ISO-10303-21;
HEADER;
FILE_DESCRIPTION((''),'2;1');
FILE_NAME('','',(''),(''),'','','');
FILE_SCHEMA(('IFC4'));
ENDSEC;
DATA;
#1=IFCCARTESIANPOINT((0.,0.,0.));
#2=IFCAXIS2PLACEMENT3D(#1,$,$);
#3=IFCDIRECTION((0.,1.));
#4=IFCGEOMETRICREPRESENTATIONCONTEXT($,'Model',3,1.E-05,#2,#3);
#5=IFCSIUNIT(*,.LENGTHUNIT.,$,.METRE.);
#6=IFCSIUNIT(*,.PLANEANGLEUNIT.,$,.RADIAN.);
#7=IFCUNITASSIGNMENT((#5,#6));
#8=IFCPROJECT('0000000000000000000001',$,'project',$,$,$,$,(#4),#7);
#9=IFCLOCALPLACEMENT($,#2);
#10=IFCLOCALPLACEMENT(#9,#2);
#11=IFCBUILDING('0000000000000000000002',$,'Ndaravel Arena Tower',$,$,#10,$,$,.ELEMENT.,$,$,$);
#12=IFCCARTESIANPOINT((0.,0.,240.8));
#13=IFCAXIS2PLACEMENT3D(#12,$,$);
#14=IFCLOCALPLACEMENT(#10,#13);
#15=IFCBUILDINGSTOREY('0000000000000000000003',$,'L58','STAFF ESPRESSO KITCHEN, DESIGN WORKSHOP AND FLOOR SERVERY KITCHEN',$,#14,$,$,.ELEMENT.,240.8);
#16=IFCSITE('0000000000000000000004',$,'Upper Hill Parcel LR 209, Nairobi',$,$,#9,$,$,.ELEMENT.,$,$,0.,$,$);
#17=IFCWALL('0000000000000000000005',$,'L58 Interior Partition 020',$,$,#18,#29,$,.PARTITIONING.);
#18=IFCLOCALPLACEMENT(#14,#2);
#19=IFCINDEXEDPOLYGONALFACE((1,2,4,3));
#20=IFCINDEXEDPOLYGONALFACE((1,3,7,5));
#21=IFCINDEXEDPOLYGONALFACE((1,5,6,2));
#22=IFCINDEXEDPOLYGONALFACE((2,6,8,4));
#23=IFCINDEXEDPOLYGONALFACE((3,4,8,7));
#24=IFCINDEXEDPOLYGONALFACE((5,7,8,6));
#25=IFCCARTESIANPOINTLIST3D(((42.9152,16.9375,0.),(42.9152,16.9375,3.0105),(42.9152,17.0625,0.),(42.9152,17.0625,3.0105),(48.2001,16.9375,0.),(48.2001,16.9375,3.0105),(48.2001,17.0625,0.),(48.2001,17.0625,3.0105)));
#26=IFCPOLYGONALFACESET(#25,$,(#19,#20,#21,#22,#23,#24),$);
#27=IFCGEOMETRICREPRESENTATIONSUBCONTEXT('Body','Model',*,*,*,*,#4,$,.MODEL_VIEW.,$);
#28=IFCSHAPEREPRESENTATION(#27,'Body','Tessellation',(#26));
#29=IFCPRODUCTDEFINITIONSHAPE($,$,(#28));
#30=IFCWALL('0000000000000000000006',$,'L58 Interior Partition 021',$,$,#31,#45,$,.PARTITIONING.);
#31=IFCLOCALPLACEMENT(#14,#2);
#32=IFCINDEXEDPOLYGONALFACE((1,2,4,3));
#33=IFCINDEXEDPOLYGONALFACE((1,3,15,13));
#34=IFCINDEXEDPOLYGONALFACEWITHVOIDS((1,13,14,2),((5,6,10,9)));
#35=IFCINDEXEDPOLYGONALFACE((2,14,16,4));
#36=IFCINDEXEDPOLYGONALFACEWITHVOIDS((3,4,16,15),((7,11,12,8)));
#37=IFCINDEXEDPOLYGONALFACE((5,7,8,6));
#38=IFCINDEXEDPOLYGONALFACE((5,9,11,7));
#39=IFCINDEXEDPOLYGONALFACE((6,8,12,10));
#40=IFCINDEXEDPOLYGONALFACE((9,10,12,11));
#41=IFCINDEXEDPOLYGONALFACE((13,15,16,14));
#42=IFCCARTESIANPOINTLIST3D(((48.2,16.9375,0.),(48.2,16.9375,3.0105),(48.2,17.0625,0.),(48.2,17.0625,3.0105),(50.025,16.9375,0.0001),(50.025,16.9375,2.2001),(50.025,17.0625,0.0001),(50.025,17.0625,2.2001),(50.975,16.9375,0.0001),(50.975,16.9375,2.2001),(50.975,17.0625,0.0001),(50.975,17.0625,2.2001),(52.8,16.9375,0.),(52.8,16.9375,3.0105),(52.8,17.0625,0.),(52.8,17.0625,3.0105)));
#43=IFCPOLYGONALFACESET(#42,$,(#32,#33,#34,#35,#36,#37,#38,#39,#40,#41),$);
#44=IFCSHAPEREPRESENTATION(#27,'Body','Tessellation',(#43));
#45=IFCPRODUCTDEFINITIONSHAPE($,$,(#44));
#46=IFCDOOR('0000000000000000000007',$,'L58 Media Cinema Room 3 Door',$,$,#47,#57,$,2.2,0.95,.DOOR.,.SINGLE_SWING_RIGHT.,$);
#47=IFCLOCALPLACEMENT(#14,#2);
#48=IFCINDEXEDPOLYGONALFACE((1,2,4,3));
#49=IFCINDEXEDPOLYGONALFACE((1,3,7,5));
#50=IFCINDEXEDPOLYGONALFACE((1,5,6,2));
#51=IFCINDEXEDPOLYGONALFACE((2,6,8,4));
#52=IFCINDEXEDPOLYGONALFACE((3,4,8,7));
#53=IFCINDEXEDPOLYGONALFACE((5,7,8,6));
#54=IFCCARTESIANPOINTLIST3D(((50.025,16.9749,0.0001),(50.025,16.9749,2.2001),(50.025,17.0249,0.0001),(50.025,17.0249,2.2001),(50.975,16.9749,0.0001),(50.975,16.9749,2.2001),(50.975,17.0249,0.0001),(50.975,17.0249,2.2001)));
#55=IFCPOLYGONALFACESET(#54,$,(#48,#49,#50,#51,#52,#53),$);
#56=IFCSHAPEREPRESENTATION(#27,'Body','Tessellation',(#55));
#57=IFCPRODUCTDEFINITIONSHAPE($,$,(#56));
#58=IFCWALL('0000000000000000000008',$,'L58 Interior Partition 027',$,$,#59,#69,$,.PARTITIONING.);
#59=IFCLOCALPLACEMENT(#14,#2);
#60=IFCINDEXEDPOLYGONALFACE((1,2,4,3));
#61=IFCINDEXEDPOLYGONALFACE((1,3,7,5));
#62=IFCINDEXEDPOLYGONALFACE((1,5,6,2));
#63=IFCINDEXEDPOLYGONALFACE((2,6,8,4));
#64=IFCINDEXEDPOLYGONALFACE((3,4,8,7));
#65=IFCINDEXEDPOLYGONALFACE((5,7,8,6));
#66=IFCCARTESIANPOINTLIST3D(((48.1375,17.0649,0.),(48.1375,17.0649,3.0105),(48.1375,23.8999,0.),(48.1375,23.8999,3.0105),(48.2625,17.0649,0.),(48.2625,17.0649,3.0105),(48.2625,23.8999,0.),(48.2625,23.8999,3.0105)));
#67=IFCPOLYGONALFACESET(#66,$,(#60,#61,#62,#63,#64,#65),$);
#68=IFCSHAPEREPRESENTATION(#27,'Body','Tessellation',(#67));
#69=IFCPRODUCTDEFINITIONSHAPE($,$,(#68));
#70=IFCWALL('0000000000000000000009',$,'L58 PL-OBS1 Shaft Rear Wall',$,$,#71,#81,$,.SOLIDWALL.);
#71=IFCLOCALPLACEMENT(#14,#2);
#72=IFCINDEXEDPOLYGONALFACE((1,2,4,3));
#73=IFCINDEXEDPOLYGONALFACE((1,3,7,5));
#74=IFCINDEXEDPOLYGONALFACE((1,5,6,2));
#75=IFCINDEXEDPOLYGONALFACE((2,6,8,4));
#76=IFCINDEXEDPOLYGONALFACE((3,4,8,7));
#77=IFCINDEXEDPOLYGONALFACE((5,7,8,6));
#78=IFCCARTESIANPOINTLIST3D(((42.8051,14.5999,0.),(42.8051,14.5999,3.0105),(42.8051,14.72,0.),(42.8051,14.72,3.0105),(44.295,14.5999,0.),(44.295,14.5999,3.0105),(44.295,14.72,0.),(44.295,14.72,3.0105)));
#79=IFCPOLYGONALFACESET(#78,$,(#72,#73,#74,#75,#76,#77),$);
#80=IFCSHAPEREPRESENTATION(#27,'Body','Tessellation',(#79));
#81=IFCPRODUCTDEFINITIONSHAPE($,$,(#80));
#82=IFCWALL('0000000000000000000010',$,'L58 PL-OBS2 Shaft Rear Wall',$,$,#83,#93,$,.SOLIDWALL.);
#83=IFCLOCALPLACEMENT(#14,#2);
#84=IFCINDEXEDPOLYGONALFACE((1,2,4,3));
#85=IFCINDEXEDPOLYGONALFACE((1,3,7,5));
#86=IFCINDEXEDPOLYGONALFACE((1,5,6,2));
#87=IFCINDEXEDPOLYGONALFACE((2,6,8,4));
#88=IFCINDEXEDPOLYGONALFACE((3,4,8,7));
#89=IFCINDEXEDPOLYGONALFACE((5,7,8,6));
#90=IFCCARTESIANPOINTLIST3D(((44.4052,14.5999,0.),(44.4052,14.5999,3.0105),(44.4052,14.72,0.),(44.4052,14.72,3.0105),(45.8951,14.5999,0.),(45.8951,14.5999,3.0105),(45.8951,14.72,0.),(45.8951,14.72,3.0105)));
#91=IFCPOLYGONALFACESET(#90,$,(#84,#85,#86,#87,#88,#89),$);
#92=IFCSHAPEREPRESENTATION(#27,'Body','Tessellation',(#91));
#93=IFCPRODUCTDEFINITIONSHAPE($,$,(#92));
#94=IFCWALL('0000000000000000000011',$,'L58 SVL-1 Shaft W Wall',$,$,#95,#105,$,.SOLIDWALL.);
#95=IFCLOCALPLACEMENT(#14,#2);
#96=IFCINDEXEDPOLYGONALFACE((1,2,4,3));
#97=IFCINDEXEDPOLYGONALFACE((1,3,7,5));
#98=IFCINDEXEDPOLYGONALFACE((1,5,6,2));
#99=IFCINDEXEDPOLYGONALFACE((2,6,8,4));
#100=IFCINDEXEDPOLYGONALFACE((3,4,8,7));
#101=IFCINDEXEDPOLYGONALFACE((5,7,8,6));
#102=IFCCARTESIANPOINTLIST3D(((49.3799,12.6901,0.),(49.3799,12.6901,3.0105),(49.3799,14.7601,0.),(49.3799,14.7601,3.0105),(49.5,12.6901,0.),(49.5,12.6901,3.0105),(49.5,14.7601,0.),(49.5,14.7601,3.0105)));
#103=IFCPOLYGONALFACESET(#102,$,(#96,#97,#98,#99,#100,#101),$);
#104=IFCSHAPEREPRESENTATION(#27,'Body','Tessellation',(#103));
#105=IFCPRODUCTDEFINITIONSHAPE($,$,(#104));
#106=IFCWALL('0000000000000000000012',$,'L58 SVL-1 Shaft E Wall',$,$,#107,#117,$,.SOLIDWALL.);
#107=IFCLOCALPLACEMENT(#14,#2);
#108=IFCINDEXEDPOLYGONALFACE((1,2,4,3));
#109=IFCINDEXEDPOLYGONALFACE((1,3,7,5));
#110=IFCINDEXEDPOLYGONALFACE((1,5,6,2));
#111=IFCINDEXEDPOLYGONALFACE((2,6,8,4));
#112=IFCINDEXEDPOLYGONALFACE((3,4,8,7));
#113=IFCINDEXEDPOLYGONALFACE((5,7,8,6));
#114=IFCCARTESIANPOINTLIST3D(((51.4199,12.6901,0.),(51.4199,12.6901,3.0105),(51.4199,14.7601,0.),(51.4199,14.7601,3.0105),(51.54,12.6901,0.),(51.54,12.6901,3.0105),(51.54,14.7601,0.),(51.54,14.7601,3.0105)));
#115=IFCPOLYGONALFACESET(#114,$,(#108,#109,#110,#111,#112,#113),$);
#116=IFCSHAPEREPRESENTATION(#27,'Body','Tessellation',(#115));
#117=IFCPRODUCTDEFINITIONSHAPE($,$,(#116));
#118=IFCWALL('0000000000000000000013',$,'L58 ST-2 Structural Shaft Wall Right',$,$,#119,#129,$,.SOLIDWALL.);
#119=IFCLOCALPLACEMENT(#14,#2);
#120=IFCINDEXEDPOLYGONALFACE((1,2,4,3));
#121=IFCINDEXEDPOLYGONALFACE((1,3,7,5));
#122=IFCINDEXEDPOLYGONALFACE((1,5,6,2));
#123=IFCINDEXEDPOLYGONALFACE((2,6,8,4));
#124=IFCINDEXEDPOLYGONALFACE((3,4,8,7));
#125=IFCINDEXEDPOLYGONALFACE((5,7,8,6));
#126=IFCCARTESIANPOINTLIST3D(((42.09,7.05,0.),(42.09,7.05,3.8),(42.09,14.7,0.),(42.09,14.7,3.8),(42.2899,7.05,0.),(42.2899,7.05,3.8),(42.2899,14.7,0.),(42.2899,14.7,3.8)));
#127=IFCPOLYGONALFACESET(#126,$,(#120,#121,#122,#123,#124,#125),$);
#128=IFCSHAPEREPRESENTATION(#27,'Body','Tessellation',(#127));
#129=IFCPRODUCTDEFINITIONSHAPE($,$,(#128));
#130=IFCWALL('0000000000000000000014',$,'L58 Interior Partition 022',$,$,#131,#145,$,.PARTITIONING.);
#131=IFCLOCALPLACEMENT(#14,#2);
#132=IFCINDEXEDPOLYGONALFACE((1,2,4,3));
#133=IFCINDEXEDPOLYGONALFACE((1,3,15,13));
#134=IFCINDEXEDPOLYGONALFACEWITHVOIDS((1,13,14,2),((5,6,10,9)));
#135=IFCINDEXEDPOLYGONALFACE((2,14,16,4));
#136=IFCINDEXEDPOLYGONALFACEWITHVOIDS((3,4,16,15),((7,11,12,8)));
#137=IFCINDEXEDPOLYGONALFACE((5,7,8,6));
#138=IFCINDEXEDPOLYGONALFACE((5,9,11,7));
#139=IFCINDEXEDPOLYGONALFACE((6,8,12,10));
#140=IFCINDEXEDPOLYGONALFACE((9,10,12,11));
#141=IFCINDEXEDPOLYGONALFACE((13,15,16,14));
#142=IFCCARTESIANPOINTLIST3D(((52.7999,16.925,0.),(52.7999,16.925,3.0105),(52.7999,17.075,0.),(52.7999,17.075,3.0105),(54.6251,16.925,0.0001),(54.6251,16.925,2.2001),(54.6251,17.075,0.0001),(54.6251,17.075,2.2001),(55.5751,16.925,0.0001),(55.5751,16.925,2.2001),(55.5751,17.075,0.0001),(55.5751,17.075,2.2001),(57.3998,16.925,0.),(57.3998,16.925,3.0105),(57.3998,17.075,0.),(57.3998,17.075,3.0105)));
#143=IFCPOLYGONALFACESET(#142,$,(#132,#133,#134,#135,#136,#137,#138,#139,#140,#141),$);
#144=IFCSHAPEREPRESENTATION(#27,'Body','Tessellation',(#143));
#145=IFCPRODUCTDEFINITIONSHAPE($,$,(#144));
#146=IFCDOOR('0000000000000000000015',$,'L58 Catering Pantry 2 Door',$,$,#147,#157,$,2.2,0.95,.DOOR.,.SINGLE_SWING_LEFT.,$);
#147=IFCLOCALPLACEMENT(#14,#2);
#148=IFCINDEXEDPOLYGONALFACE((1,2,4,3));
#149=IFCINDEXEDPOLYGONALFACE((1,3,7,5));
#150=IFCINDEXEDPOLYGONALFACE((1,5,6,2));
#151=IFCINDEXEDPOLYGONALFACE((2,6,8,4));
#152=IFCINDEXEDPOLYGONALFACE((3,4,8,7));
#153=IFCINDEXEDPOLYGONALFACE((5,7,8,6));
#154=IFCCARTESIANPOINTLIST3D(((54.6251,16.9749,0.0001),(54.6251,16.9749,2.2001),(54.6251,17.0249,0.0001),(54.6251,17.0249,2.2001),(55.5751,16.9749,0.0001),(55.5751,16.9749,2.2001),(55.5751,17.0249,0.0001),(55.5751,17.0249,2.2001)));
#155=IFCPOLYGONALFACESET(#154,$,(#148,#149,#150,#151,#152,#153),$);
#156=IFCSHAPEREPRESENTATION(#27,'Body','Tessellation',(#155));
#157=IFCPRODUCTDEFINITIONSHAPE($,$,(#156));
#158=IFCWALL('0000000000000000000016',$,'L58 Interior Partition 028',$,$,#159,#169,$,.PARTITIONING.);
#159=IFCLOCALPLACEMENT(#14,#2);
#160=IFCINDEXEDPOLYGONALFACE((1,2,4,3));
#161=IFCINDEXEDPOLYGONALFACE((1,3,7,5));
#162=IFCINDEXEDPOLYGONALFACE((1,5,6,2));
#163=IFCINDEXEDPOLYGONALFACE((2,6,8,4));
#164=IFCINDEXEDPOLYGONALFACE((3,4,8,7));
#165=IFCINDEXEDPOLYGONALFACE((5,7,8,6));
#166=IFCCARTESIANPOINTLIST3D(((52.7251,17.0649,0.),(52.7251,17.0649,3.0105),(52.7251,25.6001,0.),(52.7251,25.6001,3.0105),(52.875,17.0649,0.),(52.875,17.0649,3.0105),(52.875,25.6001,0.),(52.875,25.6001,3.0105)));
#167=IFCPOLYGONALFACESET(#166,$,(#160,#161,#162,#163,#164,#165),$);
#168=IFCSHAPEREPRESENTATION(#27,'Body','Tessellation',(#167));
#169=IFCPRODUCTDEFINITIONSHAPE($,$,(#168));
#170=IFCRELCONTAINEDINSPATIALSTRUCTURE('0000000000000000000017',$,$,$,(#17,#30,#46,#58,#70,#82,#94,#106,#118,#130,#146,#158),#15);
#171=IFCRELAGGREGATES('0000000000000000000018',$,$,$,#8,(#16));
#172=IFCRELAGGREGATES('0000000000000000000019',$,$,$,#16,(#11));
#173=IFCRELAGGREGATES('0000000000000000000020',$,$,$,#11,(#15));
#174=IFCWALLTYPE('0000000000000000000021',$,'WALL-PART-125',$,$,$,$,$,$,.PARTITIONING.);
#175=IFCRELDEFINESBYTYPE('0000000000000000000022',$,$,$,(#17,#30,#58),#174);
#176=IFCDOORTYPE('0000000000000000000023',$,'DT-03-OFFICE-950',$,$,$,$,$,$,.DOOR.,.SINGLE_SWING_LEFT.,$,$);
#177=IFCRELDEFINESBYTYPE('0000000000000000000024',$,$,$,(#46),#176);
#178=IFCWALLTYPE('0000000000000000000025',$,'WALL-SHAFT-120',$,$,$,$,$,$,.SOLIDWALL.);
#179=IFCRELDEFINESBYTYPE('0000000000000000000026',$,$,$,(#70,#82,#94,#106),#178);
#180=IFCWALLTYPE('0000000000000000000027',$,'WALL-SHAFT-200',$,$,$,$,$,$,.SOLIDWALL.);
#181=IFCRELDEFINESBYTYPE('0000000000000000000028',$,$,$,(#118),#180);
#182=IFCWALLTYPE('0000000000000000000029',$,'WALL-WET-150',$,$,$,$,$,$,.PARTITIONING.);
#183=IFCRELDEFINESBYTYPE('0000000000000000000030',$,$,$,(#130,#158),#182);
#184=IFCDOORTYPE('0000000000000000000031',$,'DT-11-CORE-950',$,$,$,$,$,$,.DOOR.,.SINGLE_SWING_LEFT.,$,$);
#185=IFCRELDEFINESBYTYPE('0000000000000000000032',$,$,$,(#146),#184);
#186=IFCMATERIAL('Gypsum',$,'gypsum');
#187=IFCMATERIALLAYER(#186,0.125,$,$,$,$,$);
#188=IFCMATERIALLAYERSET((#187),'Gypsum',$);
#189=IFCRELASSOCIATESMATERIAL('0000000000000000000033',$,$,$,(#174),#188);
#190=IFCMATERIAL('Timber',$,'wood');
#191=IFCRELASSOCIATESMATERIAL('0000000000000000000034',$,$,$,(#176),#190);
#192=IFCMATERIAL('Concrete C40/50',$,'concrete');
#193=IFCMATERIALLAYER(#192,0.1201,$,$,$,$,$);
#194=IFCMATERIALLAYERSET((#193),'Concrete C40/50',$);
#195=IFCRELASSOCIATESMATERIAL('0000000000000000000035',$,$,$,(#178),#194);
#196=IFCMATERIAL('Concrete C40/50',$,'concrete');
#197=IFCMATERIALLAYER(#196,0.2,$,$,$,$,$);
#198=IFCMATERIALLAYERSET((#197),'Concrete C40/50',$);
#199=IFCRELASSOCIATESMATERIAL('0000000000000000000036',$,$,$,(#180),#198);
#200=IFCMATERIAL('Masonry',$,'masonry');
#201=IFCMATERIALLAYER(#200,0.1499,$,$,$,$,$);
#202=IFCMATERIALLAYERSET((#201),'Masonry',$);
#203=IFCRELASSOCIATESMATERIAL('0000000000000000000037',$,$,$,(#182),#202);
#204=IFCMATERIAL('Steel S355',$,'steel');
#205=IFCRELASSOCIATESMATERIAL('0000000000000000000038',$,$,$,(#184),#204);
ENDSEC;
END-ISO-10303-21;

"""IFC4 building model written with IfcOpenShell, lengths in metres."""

from ifc_helpers import new_model, si_unit, direction, frame, frame_2d, origin, place, context, subcontext, project, spatial, rectangle, extrude, material, layer, layer_set, type_object, element, fill, save


model = new_model("IFC4")

# Units and contexts
model_context = context("Model", 3, precision=1e-05, world=origin(), true_north=direction((0.0, 1.0)))
body_context = subcontext(model_context, "Body", "Model", "MODEL_VIEW")
ifc_project = project(units=[si_unit("LENGTHUNIT", "METRE"), si_unit("PLANEANGLEUNIT", "RADIAN")], contexts=[model_context])

# Site, building, storey
site_placement = place(None, origin())
site = spatial("IfcSite", under=ifc_project, at=site_placement, Name="Upper Hill Parcel LR 209, Nairobi", CompositionType="ELEMENT", RefElevation=0.0)
building_placement = place(site_placement, origin())
building = spatial("IfcBuilding", under=site, at=building_placement, Name="Ndaravel Arena Tower", CompositionType="ELEMENT")
storey_placement = place(building_placement, frame((0.0, 0.0, 240.8)))
storey = spatial("IfcBuildingStorey", under=building, at=storey_placement, Name="L58", Description="STAFF ESPRESSO KITCHEN, DESIGN WORKSHOP AND FLOOR SERVERY KITCHEN", CompositionType="ELEMENT", Elevation=240.8)

# Shared definitions
ifc_material_1 = material(Name="Gypsum", Category="gypsum")
ifc_layer_1 = layer(ifc_material_1, 0.125)
ifc_layer_set_1 = layer_set([ifc_layer_1], Name="Gypsum")
wall_type_1 = type_object("IfcWallType", Name="WALL-PART-125", PredefinedType="PARTITIONING", material=ifc_layer_set_1)

# Wall
wall_1_placement = place(storey_placement, frame((42.915, 17.0, 0.0), z_axis=(0.0, 0.0, 1.0), x_axis=(1.0, 0.0, 0.0)))
element("IfcWall", 1, at=wall_1_placement, inside=storey, type_object=wall_type_1, Name="L58 Interior Partition 020", PredefinedType="PARTITIONING", context=body_context, shape_type="SweptSolid", body=[
    extrude(rectangle(XDim=5.2849, YDim=0.125, at=frame_2d((2.6426, 0.0))), origin(), (0.0, 0.0, 1.0), 3.0105),
])

# Wall, opening, door
wall_2_placement = place(storey_placement, frame((48.2, 17.0, 0.0), z_axis=(0.0, 0.0, 1.0), x_axis=(1.0, 0.0, 0.0)))
wall_2 = element("IfcWall", 2, at=wall_2_placement, inside=storey, type_object=wall_type_1, Name="L58 Interior Partition 021", PredefinedType="PARTITIONING", context=body_context, shape_type="SweptSolid", body=[
    extrude(rectangle(XDim=4.6001, YDim=0.125, at=frame_2d((2.3, 0.0))), origin(), (0.0, 0.0, 1.0), 3.0105),
])
opening_1_placement = place(wall_2_placement, frame((1.825, 0.0, 0.0)))
opening_1 = element("IfcOpeningElement", 3, at=opening_1_placement, cuts=wall_2, PredefinedType="OPENING", context=body_context, shape_type="SweptSolid", body=[
    extrude(rectangle(XDim=0.95, YDim=2.2, at=frame_2d((0.4751, 1.1001))), frame((0.0, 0.0625, 0.0), z_axis=(0.0, -1.0, 0.0), x_axis=(1.0, 0.0, 0.0)), (0.0, 0.0, 1.0), 0.125),
])
ifc_material_2 = material(Name="Timber", Category="wood")
door_type_1 = type_object("IfcDoorType", Name="DT-03-OFFICE-950", OperationType="SINGLE_SWING_LEFT", PredefinedType="DOOR", material=ifc_material_2)
door_1_placement = place(opening_1_placement, origin())
door_1 = element("IfcDoor", 4, at=door_1_placement, inside=storey, type_object=door_type_1, Name="L58 Media Cinema Room 3 Door", OperationType="SINGLE_SWING_RIGHT", OverallHeight=2.2, OverallWidth=0.95, PredefinedType="DOOR", context=body_context, shape_type="SweptSolid", body=[
    extrude(rectangle(XDim=0.95, YDim=2.2, at=frame_2d((0.4751, 1.1001))), frame((0.0, 0.0249, 0.0), z_axis=(0.0, -1.0, 0.0), x_axis=(1.0, 0.0, 0.0)), (0.0, 0.0, 1.0), 0.05),
])
fill(opening_1, door_1)

# Walls
wall_3_placement = place(storey_placement, frame((48.2, 23.8999, 0.0), z_axis=(0.0, 0.0, 1.0), x_axis=(0.0, -1.0, 0.0)))
element("IfcWall", 5, at=wall_3_placement, inside=storey, type_object=wall_type_1, Name="L58 Interior Partition 027", PredefinedType="PARTITIONING", context=body_context, shape_type="SweptSolid", body=[
    extrude(rectangle(XDim=6.835, YDim=0.125, at=frame_2d((3.4175, 0.0))), origin(), (0.0, 0.0, 1.0), 3.0105),
])
ifc_material_3 = material(Name="Concrete C40/50", Category="concrete")
ifc_layer_2 = layer(ifc_material_3, 0.1201)
ifc_layer_set_2 = layer_set([ifc_layer_2], Name="Concrete C40/50")
wall_type_2 = type_object("IfcWallType", Name="WALL-SHAFT-120", PredefinedType="SOLIDWALL", material=ifc_layer_set_2)
for number, where, z_axis, x_axis, name in (
    (6, (42.8049, 14.6599, 0.0), (0.0, 0.0, 1.0), (1.0, 0.0, 0.0), "L58 PL-OBS1 Shaft Rear Wall"),
    (7, (44.405, 14.6599, 0.0), (0.0, 0.0, 1.0), (1.0, 0.0, 0.0), "L58 PL-OBS2 Shaft Rear Wall"),
):
    element("IfcWall", number, at=place(storey_placement, frame(where, z_axis=z_axis, x_axis=x_axis)), inside=storey, type_object=wall_type_2, Name=name, PredefinedType="SOLIDWALL", context=body_context, shape_type="SweptSolid", body=[
        extrude(rectangle(XDim=1.49, YDim=0.1201, at=frame_2d((0.7451, 0.0))), origin(), (0.0, 0.0, 1.0), 3.0105),
    ])
for number, where, z_axis, x_axis, name in (
    (8, (49.4399, 12.6899, 0.0), (0.0, 0.0, 1.0), (0.0, 1.0, 0.0), "L58 SVL-1 Shaft W Wall"),
    (9, (51.48, 12.6899, 0.0), (0.0, 0.0, 1.0), (0.0, 1.0, 0.0), "L58 SVL-1 Shaft E Wall"),
):
    element("IfcWall", number, at=place(storey_placement, frame(where, z_axis=z_axis, x_axis=x_axis)), inside=storey, type_object=wall_type_2, Name=name, PredefinedType="SOLIDWALL", context=body_context, shape_type="SweptSolid", body=[
        extrude(rectangle(XDim=2.0701, YDim=0.1201, at=frame_2d((1.0352, 0.0))), origin(), (0.0, 0.0, 1.0), 3.0105),
    ])
ifc_material_4 = material(Name="Concrete C40/50", Category="concrete")
ifc_layer_3 = layer(ifc_material_4, 0.2)
ifc_layer_set_3 = layer_set([ifc_layer_3], Name="Concrete C40/50")
wall_type_3 = type_object("IfcWallType", Name="WALL-SHAFT-200", PredefinedType="SOLIDWALL", material=ifc_layer_set_3)
wall_4_placement = place(storey_placement, frame((42.1899, 14.7, 0.0), z_axis=(0.0, 0.0, 1.0), x_axis=(0.0, -1.0, 0.0)))
element("IfcWall", 10, at=wall_4_placement, inside=storey, type_object=wall_type_3, Name="L58 ST-2 Structural Shaft Wall Right", PredefinedType="SOLIDWALL", context=body_context, shape_type="SweptSolid", body=[
    extrude(rectangle(XDim=7.6499, YDim=0.2, at=frame_2d((3.825, 0.0))), origin(), (0.0, 0.0, 1.0), 3.8),
])

# Wall, opening, door
ifc_material_5 = material(Name="Masonry", Category="masonry")
ifc_layer_4 = layer(ifc_material_5, 0.1499)
ifc_layer_set_4 = layer_set([ifc_layer_4], Name="Masonry")
wall_type_4 = type_object("IfcWallType", Name="WALL-WET-150", PredefinedType="PARTITIONING", material=ifc_layer_set_4)
wall_5_placement = place(storey_placement, frame((52.8, 17.0, 0.0), z_axis=(0.0, 0.0, 1.0), x_axis=(1.0, 0.0, 0.0)))
wall_5 = element("IfcWall", 11, at=wall_5_placement, inside=storey, type_object=wall_type_4, Name="L58 Interior Partition 022", PredefinedType="PARTITIONING", context=body_context, shape_type="SweptSolid", body=[
    extrude(rectangle(XDim=4.5999, YDim=0.1499, at=frame_2d((2.2998, 0.0))), origin(), (0.0, 0.0, 1.0), 3.0105),
])
opening_2_placement = place(wall_5_placement, frame((1.825, 0.0, 0.0)))
opening_2 = element("IfcOpeningElement", 12, at=opening_2_placement, cuts=wall_5, PredefinedType="OPENING", context=body_context, shape_type="SweptSolid", body=[
    extrude(rectangle(XDim=0.95, YDim=2.2, at=frame_2d((0.4751, 1.1001))), frame((0.0, 0.075, 0.0), z_axis=(0.0, -1.0, 0.0), x_axis=(1.0, 0.0, 0.0)), (0.0, 0.0, 1.0), 0.1499),
])
ifc_material_6 = material(Name="Steel S355", Category="steel")
door_type_2 = type_object("IfcDoorType", Name="DT-11-CORE-950", OperationType="SINGLE_SWING_LEFT", PredefinedType="DOOR", material=ifc_material_6)
door_2_placement = place(opening_2_placement, origin())
door_2 = element("IfcDoor", 13, at=door_2_placement, inside=storey, type_object=door_type_2, Name="L58 Catering Pantry 2 Door", OperationType="SINGLE_SWING_LEFT", OverallHeight=2.2, OverallWidth=0.95, PredefinedType="DOOR", context=body_context, shape_type="SweptSolid", body=[
    extrude(rectangle(XDim=0.95, YDim=2.2, at=frame_2d((0.4751, 1.1001))), frame((0.0, 0.0249, 0.0), z_axis=(0.0, -1.0, 0.0), x_axis=(1.0, 0.0, 0.0)), (0.0, 0.0, 1.0), 0.05),
])
fill(opening_2, door_2)

# Wall
wall_6_placement = place(storey_placement, frame((52.8, 17.0649, 0.0), z_axis=(0.0, 0.0, 1.0), x_axis=(0.0, 1.0, 0.0)))
element("IfcWall", 14, at=wall_6_placement, inside=storey, type_object=wall_type_4, Name="L58 Interior Partition 028", PredefinedType="PARTITIONING", context=body_context, shape_type="SweptSolid", body=[
    extrude(rectangle(XDim=8.5352, YDim=0.1499, at=frame_2d((4.2676, 0.0))), origin(), (0.0, 0.0, 1.0), 3.0105),
])

save(model, "model.ifc")
